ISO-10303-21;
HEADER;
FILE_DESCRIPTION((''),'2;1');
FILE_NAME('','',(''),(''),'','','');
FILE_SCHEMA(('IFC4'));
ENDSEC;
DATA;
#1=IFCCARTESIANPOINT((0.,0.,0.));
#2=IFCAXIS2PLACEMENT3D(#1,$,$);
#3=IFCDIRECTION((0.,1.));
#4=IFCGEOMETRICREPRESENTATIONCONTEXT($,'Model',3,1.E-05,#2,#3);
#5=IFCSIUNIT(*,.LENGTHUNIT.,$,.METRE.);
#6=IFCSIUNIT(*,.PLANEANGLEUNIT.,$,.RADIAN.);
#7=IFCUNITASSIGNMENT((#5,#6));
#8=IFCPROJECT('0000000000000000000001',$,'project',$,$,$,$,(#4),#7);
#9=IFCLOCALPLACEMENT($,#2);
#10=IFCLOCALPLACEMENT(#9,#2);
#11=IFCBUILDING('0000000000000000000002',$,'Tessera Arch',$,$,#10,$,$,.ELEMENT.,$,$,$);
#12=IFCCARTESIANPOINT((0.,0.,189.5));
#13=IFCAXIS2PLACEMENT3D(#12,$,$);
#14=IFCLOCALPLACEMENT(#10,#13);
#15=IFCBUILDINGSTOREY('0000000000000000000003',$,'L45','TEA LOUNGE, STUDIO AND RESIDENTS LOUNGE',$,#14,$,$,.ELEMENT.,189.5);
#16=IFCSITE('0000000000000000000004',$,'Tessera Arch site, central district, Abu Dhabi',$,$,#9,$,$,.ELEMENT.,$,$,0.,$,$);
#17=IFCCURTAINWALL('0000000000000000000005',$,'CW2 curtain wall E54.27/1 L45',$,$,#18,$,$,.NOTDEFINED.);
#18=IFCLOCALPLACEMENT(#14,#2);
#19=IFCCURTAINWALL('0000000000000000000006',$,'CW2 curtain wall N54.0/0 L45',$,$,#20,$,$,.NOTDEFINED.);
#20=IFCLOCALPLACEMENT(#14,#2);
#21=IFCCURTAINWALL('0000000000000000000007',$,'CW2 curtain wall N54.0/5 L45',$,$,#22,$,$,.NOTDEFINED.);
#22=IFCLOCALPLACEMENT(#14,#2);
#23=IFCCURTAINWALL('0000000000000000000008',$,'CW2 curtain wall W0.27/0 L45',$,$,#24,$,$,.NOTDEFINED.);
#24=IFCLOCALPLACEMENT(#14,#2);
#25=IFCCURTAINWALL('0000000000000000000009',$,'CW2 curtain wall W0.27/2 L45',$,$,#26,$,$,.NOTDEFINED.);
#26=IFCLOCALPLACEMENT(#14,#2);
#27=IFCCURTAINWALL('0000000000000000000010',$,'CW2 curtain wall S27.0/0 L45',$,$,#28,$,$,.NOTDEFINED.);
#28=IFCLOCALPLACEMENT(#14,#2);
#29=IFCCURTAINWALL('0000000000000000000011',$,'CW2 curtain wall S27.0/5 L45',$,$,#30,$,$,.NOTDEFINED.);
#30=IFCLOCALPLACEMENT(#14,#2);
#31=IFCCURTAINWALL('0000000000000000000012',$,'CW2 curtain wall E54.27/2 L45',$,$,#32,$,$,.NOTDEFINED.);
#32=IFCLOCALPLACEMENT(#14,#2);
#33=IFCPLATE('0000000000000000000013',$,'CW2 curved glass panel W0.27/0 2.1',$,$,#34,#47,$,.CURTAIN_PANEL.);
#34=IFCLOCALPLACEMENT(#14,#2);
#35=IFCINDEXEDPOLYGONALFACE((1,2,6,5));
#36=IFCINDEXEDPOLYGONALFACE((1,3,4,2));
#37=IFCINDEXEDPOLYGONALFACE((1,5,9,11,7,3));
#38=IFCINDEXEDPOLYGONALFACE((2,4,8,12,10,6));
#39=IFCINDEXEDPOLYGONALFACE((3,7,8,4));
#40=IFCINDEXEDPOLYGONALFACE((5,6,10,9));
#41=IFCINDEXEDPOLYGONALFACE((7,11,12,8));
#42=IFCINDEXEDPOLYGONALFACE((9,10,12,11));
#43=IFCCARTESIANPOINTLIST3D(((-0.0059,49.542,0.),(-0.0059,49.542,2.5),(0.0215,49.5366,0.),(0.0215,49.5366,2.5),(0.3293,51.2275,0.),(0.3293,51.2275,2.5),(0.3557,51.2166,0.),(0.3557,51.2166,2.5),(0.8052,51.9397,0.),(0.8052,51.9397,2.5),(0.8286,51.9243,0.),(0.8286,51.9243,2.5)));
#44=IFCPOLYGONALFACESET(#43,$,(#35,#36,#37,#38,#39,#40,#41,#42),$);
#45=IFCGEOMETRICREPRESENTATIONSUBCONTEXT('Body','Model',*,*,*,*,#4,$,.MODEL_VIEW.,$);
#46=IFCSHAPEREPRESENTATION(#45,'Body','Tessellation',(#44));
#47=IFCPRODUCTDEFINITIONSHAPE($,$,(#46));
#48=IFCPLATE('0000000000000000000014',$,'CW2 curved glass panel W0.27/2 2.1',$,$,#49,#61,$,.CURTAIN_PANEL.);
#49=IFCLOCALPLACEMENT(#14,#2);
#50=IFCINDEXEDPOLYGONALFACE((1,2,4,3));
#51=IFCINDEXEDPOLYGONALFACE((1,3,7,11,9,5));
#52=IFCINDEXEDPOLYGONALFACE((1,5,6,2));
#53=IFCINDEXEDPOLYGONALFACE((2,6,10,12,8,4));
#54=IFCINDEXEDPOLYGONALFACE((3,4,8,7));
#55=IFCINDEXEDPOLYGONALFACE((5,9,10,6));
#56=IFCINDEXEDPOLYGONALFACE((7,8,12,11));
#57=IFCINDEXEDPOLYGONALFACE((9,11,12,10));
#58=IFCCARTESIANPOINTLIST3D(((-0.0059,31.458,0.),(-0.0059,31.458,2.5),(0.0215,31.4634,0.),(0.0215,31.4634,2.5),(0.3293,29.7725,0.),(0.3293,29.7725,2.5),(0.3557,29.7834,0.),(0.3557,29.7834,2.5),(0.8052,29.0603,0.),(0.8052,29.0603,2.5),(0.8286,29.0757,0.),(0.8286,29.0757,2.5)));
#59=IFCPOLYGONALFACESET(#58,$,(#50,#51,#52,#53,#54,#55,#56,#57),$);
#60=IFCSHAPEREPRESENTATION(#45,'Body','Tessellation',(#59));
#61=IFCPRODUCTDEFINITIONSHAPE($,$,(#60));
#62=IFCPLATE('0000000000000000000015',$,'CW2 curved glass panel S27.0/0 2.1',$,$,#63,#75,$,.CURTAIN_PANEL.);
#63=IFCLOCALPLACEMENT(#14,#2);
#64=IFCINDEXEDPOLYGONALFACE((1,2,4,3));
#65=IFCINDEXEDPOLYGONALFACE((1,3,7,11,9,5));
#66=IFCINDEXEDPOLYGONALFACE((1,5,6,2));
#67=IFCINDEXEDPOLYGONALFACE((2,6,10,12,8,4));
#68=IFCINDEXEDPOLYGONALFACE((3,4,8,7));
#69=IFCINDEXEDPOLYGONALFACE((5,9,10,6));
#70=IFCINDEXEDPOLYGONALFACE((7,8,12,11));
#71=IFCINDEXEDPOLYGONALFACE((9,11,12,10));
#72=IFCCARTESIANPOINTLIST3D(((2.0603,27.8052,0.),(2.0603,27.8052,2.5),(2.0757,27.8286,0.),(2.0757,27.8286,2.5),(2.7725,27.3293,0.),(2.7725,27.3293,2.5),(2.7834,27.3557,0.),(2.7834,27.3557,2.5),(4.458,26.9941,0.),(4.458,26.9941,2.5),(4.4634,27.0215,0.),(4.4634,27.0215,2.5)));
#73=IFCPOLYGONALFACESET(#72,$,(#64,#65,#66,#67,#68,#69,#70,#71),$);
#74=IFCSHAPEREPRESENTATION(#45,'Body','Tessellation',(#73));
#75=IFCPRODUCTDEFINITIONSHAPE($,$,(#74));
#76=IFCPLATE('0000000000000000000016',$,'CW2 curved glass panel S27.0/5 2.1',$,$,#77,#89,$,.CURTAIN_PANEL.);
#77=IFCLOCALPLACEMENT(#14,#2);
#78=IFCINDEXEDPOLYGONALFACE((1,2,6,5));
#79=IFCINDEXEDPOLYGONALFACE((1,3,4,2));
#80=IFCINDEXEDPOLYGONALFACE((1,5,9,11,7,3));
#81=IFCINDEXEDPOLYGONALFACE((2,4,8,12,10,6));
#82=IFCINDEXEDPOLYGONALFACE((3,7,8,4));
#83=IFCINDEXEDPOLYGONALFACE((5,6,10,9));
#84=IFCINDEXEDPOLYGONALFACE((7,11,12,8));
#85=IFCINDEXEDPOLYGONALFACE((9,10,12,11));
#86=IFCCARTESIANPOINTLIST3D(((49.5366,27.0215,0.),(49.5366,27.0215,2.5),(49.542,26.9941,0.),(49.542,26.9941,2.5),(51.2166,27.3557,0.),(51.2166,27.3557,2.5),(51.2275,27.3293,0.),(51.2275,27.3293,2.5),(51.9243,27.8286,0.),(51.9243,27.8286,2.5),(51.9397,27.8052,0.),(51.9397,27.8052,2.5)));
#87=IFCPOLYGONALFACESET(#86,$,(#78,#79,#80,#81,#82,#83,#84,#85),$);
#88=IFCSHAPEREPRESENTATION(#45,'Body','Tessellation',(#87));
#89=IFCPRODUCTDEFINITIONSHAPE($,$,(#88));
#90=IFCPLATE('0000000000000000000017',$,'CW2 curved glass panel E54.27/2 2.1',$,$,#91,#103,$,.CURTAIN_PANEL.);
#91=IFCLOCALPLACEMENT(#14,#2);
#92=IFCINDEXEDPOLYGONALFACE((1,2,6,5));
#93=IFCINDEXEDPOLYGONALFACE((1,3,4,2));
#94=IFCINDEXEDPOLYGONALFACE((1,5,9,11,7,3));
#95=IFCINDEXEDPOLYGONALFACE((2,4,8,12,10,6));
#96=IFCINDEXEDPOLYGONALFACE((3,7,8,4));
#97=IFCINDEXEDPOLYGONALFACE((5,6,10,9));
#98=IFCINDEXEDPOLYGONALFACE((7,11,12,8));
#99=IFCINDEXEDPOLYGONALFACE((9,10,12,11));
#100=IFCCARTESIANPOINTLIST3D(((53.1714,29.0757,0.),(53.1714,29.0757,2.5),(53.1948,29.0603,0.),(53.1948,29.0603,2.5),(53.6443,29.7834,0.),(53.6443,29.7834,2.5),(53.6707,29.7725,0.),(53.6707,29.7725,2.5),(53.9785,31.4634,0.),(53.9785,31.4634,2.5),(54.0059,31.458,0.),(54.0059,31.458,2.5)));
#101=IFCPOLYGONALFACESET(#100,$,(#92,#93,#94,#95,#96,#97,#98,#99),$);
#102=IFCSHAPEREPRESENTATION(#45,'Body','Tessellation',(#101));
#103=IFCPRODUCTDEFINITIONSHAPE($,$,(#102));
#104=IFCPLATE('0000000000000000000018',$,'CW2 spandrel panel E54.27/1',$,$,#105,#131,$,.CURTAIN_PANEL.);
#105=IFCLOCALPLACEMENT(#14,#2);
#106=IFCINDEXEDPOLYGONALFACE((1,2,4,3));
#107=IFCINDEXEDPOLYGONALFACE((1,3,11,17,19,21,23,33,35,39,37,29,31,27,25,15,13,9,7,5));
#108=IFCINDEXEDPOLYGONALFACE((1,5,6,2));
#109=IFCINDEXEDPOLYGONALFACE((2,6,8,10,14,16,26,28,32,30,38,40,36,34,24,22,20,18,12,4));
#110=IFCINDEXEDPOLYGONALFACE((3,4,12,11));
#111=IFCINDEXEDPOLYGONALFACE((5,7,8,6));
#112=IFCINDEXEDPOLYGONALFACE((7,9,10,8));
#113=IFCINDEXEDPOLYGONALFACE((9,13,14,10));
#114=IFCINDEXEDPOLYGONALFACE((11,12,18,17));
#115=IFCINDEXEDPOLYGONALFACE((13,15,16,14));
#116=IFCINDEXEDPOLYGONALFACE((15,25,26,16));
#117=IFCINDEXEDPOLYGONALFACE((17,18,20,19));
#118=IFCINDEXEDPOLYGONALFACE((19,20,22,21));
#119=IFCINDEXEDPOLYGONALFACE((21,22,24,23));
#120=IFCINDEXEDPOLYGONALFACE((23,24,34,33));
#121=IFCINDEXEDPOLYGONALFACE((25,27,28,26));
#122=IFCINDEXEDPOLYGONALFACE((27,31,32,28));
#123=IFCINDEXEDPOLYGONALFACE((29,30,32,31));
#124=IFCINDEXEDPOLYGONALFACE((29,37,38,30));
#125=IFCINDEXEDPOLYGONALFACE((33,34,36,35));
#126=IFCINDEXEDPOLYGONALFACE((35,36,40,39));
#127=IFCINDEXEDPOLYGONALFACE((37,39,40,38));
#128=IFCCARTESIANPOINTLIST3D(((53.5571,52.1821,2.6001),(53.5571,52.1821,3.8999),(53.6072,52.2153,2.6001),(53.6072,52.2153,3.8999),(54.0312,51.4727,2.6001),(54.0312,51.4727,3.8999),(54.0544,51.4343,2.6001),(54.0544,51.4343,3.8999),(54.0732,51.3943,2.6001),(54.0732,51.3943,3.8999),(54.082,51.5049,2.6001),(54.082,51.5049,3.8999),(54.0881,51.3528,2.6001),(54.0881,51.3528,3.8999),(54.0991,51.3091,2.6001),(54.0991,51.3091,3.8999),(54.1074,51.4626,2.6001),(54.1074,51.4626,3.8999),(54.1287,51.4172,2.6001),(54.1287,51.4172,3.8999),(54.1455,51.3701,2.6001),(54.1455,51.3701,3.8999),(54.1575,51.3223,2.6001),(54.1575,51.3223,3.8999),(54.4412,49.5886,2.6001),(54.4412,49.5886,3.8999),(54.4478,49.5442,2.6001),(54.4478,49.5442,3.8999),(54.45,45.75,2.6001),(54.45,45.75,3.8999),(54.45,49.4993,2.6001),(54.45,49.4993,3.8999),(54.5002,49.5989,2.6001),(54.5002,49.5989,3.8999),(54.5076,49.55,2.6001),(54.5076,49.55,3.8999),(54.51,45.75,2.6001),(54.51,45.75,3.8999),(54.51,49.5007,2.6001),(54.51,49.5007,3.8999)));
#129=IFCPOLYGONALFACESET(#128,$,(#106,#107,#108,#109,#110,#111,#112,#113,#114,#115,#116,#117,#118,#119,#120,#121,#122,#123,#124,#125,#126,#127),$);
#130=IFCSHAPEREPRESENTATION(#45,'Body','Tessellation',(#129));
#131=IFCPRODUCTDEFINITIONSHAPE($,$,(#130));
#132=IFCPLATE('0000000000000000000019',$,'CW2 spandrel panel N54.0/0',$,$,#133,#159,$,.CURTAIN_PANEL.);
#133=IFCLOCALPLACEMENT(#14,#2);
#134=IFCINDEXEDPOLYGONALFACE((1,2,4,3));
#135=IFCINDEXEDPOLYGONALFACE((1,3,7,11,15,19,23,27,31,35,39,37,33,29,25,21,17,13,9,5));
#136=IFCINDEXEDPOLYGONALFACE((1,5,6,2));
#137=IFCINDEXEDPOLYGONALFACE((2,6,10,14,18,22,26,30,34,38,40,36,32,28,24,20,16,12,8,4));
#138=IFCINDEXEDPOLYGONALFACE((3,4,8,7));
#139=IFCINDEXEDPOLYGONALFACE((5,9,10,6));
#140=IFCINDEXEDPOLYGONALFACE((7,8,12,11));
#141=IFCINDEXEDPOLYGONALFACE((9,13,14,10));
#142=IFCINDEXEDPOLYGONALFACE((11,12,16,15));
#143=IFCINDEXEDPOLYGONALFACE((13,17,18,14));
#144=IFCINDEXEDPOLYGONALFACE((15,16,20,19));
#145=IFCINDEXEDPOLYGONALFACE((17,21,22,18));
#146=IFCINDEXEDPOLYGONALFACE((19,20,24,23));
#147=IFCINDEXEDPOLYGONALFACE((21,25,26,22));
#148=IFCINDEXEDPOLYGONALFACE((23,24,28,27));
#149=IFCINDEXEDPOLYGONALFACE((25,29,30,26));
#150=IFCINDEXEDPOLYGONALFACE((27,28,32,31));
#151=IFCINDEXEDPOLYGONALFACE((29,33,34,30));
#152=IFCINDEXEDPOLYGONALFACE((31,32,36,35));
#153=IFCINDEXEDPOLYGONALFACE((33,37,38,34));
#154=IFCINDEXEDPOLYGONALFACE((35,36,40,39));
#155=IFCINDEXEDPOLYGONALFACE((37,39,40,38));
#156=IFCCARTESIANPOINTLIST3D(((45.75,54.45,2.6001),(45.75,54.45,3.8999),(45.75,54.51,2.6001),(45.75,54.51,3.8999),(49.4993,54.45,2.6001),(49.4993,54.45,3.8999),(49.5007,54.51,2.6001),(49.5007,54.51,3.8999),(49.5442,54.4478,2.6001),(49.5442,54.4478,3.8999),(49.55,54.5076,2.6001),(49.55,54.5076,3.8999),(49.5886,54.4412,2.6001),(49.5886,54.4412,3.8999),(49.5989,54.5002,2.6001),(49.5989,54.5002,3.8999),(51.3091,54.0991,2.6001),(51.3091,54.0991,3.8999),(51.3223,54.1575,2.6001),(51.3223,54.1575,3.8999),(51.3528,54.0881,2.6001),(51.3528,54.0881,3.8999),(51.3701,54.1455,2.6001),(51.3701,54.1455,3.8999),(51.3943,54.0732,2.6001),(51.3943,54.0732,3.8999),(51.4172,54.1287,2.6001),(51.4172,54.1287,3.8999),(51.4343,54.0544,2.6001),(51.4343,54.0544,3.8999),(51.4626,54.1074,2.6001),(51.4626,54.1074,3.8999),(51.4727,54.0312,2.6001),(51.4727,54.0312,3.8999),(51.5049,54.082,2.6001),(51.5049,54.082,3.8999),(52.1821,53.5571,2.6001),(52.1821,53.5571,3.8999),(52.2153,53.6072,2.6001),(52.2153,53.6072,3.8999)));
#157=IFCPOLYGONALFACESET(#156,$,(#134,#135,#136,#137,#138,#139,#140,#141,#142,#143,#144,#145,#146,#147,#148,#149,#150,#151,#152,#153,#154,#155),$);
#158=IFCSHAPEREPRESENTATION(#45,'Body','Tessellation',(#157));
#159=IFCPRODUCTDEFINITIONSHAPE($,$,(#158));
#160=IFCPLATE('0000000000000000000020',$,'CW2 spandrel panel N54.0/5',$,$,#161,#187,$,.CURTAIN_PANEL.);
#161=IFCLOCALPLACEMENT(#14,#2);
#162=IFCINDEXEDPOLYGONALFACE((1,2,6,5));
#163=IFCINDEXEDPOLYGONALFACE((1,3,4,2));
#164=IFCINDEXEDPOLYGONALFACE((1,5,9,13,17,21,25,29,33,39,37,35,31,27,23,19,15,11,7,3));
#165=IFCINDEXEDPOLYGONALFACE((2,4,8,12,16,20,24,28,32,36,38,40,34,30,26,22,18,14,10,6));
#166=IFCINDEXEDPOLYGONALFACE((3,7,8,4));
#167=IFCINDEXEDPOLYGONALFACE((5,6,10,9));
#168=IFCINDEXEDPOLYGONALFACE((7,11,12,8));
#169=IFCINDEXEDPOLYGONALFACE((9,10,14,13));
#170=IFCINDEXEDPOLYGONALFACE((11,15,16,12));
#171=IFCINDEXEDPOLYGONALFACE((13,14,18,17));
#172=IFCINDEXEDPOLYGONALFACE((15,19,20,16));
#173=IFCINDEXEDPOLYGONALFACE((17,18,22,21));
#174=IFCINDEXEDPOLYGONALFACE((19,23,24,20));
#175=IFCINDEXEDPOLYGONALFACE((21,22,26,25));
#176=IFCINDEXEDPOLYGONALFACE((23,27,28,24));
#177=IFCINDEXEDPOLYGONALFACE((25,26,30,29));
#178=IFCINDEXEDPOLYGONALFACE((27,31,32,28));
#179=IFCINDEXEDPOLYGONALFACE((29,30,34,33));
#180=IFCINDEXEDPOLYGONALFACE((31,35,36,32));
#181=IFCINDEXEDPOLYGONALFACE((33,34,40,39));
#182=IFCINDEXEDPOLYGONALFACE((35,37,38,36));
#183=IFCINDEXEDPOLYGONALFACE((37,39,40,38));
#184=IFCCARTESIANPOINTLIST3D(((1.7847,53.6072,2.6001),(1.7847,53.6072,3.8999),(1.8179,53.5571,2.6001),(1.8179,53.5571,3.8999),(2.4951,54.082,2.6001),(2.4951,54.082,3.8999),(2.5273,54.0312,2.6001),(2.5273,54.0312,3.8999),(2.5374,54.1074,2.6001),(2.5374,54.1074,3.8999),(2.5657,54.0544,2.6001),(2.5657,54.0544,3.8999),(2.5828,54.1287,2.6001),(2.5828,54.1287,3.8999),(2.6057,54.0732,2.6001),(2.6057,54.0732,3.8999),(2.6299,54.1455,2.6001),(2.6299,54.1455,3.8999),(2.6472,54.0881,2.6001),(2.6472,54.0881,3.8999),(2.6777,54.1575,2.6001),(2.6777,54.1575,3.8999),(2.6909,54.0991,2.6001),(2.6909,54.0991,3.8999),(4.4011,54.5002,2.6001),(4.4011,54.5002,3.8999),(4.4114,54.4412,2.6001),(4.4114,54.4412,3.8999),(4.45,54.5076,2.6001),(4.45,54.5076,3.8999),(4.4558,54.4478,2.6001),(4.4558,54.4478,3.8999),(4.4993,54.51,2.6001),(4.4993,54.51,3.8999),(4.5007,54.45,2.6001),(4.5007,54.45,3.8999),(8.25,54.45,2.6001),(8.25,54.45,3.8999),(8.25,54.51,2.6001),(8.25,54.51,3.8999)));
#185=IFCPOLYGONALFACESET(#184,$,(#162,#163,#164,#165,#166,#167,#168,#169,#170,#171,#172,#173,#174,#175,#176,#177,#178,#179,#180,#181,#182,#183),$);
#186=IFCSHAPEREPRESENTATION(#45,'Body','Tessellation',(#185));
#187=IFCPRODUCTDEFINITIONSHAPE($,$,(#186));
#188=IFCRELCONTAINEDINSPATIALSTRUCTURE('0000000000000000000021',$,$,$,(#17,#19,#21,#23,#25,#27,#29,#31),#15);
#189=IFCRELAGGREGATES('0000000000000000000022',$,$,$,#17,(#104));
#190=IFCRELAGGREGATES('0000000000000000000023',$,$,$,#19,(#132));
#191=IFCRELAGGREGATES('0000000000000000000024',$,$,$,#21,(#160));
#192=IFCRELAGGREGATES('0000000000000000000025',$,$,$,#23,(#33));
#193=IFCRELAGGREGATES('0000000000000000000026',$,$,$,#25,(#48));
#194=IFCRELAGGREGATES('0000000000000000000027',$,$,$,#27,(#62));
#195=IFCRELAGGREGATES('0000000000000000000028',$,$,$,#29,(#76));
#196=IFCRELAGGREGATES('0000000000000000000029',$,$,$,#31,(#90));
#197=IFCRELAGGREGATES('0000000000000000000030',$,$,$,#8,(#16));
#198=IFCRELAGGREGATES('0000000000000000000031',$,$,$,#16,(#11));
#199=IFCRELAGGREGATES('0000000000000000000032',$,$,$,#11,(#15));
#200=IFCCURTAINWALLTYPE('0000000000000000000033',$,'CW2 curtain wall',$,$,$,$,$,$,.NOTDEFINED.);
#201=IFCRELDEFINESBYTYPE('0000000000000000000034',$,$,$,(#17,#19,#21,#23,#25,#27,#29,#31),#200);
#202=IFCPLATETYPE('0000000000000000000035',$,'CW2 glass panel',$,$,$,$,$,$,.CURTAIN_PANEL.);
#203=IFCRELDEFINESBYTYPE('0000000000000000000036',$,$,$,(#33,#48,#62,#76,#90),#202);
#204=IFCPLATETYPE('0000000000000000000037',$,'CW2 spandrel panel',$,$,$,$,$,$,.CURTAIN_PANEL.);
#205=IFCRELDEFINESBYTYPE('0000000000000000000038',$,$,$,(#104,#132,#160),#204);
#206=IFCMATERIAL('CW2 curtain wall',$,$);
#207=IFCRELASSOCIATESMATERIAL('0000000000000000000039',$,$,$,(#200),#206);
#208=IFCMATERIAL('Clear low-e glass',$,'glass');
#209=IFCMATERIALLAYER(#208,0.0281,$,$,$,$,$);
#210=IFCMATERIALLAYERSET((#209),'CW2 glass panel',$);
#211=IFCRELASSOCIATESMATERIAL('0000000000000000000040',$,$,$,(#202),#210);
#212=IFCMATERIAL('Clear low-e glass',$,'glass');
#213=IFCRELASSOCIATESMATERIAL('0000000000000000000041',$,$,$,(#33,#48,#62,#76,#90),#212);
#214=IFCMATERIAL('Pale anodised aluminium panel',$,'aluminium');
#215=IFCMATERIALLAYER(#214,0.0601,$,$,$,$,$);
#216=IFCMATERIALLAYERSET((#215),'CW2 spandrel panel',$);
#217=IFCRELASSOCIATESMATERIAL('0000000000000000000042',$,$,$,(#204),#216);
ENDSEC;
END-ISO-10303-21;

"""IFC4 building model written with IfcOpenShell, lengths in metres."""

from ifc_helpers import new_model, si_unit, direction, frame, origin, place, context, subcontext, project, spatial, polyline, outline, extrude, material, layer, layer_set, type_object, element, aggregate, save


model = new_model("IFC4")

# Units and contexts
model_context = context("Model", 3, precision=1e-05, world=origin(), true_north=direction((0.0, 1.0)))
body_context = subcontext(model_context, "Body", "Model", "MODEL_VIEW")
ifc_project = project(units=[si_unit("LENGTHUNIT", "METRE"), si_unit("PLANEANGLEUNIT", "RADIAN")], contexts=[model_context])

# Site, building, storey
site_placement = place(None, origin())
site = spatial("IfcSite", under=ifc_project, at=site_placement, Name="Tessera Arch site, central district, Abu Dhabi", CompositionType="ELEMENT", RefElevation=0.0)
building_placement = place(site_placement, origin())
building = spatial("IfcBuilding", under=site, at=building_placement, Name="Tessera Arch", CompositionType="ELEMENT")
storey_placement = place(building_placement, frame((0.0, 0.0, 189.5)))
storey = spatial("IfcBuildingStorey", under=building, at=storey_placement, Name="L45", Description="TEA LOUNGE, STUDIO AND RESIDENTS LOUNGE", CompositionType="ELEMENT", Elevation=189.5)

# Curtain walls
ifc_material_1 = material(Name="CW2 curtain wall")
curtain_wall_type = type_object("IfcCurtainWallType", Name="CW2 curtain wall", PredefinedType="NOTDEFINED", material=ifc_material_1)
curtain_wall_1_placement = place(storey_placement, origin())
curtain_wall_1 = element("IfcCurtainWall", 1, at=curtain_wall_1_placement, inside=storey, type_object=curtain_wall_type, Name="CW2 curtain wall E54.27/1 L45", PredefinedType="NOTDEFINED")
curtain_wall_2_placement = place(storey_placement, origin())
curtain_wall_2 = element("IfcCurtainWall", 2, at=curtain_wall_2_placement, inside=storey, type_object=curtain_wall_type, Name="CW2 curtain wall N54.0/0 L45", PredefinedType="NOTDEFINED")
curtain_wall_3_placement = place(storey_placement, origin())
curtain_wall_3 = element("IfcCurtainWall", 3, at=curtain_wall_3_placement, inside=storey, type_object=curtain_wall_type, Name="CW2 curtain wall N54.0/5 L45", PredefinedType="NOTDEFINED")
curtain_wall_4_placement = place(storey_placement, origin())
curtain_wall_4 = element("IfcCurtainWall", 4, at=curtain_wall_4_placement, inside=storey, type_object=curtain_wall_type, Name="CW2 curtain wall W0.27/0 L45", PredefinedType="NOTDEFINED")
curtain_wall_5_placement = place(storey_placement, origin())
curtain_wall_5 = element("IfcCurtainWall", 5, at=curtain_wall_5_placement, inside=storey, type_object=curtain_wall_type, Name="CW2 curtain wall W0.27/2 L45", PredefinedType="NOTDEFINED")
curtain_wall_6_placement = place(storey_placement, origin())
curtain_wall_6 = element("IfcCurtainWall", 6, at=curtain_wall_6_placement, inside=storey, type_object=curtain_wall_type, Name="CW2 curtain wall S27.0/0 L45", PredefinedType="NOTDEFINED")
curtain_wall_7_placement = place(storey_placement, origin())
curtain_wall_7 = element("IfcCurtainWall", 7, at=curtain_wall_7_placement, inside=storey, type_object=curtain_wall_type, Name="CW2 curtain wall S27.0/5 L45", PredefinedType="NOTDEFINED")
curtain_wall_8_placement = place(storey_placement, origin())
curtain_wall_8 = element("IfcCurtainWall", 8, at=curtain_wall_8_placement, inside=storey, type_object=curtain_wall_type, Name="CW2 curtain wall E54.27/2 L45", PredefinedType="NOTDEFINED")

# Plates
ifc_material_2 = material(Name="Clear low-e glass", Category="glass")
ifc_material_3 = material(Name="Clear low-e glass", Category="glass")
ifc_layer_1 = layer(ifc_material_3, 0.0281)
ifc_layer_set_1 = layer_set([ifc_layer_1], Name="CW2 glass panel")
plate_type_1 = type_object("IfcPlateType", Name="CW2 glass panel", PredefinedType="CURTAIN_PANEL", material=ifc_layer_set_1)
plate_1_placement = place(storey_placement, origin())
plate_1 = element("IfcPlate", 9, at=plate_1_placement, type_object=plate_type_1, material=ifc_material_2, Name="CW2 curved glass panel W0.27/0 2.1", PredefinedType="CURTAIN_PANEL", context=body_context, shape_type="SweptSolid", body=[
    extrude(outline(polyline([(0.3557, 51.2166), (0.8286, 51.9243), (0.8052, 51.9397), (0.3293, 51.2275), (-0.0059, 49.542), (0.0215, 49.5366), (0.3557, 51.2166)])), origin(), (0.0, 0.0, 1.0), 2.5),
])
plate_2_placement = place(storey_placement, origin())
plate_2 = element("IfcPlate", 10, at=plate_2_placement, type_object=plate_type_1, material=ifc_material_2, Name="CW2 curved glass panel W0.27/2 2.1", PredefinedType="CURTAIN_PANEL", context=body_context, shape_type="SweptSolid", body=[
    extrude(outline(polyline([(0.3557, 29.7834), (0.0215, 31.4634), (-0.0059, 31.458), (0.3293, 29.7725), (0.8052, 29.0603), (0.8286, 29.0757), (0.3557, 29.7834)])), origin(), (0.0, 0.0, 1.0), 2.5),
])
plate_3_placement = place(storey_placement, origin())
plate_3 = element("IfcPlate", 11, at=plate_3_placement, type_object=plate_type_1, material=ifc_material_2, Name="CW2 curved glass panel S27.0/0 2.1", PredefinedType="CURTAIN_PANEL", context=body_context, shape_type="SweptSolid", body=[
    extrude(outline(polyline([(2.7834, 27.3557), (2.0757, 27.8286), (2.0603, 27.8052), (2.7725, 27.3293), (4.458, 26.9941), (4.4634, 27.0215), (2.7834, 27.3557)])), origin(), (0.0, 0.0, 1.0), 2.5),
])
plate_4_placement = place(storey_placement, origin())
plate_4 = element("IfcPlate", 12, at=plate_4_placement, type_object=plate_type_1, material=ifc_material_2, Name="CW2 curved glass panel S27.0/5 2.1", PredefinedType="CURTAIN_PANEL", context=body_context, shape_type="SweptSolid", body=[
    extrude(outline(polyline([(51.2166, 27.3557), (49.5366, 27.0215), (49.542, 26.9941), (51.2275, 27.3293), (51.9397, 27.8052), (51.9243, 27.8286), (51.2166, 27.3557)])), origin(), (0.0, 0.0, 1.0), 2.5),
])
plate_5_placement = place(storey_placement, origin())
plate_5 = element("IfcPlate", 13, at=plate_5_placement, type_object=plate_type_1, material=ifc_material_2, Name="CW2 curved glass panel E54.27/2 2.1", PredefinedType="CURTAIN_PANEL", context=body_context, shape_type="SweptSolid", body=[
    extrude(outline(polyline([(53.6443, 29.7834), (53.1714, 29.0757), (53.1948, 29.0603), (53.6707, 29.7725), (54.0059, 31.458), (53.9785, 31.4634), (53.6443, 29.7834)])), origin(), (0.0, 0.0, 1.0), 2.5),
])
ifc_material_4 = material(Name="Pale anodised aluminium panel", Category="aluminium")
ifc_layer_2 = layer(ifc_material_4, 0.0601)
ifc_layer_set_2 = layer_set([ifc_layer_2], Name="CW2 spandrel panel")
plate_type_2 = type_object("IfcPlateType", Name="CW2 spandrel panel", PredefinedType="CURTAIN_PANEL", material=ifc_layer_set_2)
plate_6_placement = place(storey_placement, frame((0.0, 0.0, 2.6001)))
plate_6 = element("IfcPlate", 14, at=plate_6_placement, type_object=plate_type_2, Name="CW2 spandrel panel E54.27/1", PredefinedType="CURTAIN_PANEL", context=body_context, shape_type="SweptSolid", body=[
    extrude(outline(polyline([(54.45, 49.4993), (54.45, 45.75), (54.51, 45.75), (54.51, 49.5007), (54.5076, 49.55), (54.5002, 49.5989), (54.1575, 51.3223), (54.1455, 51.3701), (54.1287, 51.4172), (54.1074, 51.4626), (54.082, 51.5049), (53.6072, 52.2153), (53.5571, 52.1821), (54.0312, 51.4727), (54.0544, 51.4343), (54.0732, 51.3943), (54.0881, 51.3528), (54.0991, 51.3091), (54.4412, 49.5886), (54.4478, 49.5442), (54.45, 49.4993)])), origin(), (0.0, 0.0, 1.0), 1.2998),
])
aggregate(curtain_wall_1, [plate_6])
plate_7_placement = place(storey_placement, frame((0.0, 0.0, 2.6001)))
plate_7 = element("IfcPlate", 15, at=plate_7_placement, type_object=plate_type_2, Name="CW2 spandrel panel N54.0/0", PredefinedType="CURTAIN_PANEL", context=body_context, shape_type="SweptSolid", body=[
    extrude(outline(polyline([(51.4727, 54.0312), (52.1821, 53.5571), (52.2153, 53.6072), (51.5049, 54.082), (51.4626, 54.1074), (51.4172, 54.1287), (51.3701, 54.1455), (51.3223, 54.1575), (49.5989, 54.5002), (49.55, 54.5076), (49.5007, 54.51), (45.75, 54.51), (45.75, 54.45), (49.4993, 54.45), (49.5442, 54.4478), (49.5886, 54.4412), (51.3091, 54.0991), (51.3528, 54.0881), (51.3943, 54.0732), (51.4343, 54.0544), (51.4727, 54.0312)])), origin(), (0.0, 0.0, 1.0), 1.2998),
])
aggregate(curtain_wall_2, [plate_7])
plate_8_placement = place(storey_placement, frame((0.0, 0.0, 2.6001)))
plate_8 = element("IfcPlate", 16, at=plate_8_placement, type_object=plate_type_2, Name="CW2 spandrel panel N54.0/5", PredefinedType="CURTAIN_PANEL", context=body_context, shape_type="SweptSolid", body=[
    extrude(outline(polyline([(4.5007, 54.45), (8.25, 54.45), (8.25, 54.51), (4.4993, 54.51), (4.45, 54.5076), (4.4011, 54.5002), (2.6777, 54.1575), (2.6299, 54.1455), (2.5828, 54.1287), (2.5374, 54.1074), (2.4951, 54.082), (1.7847, 53.6072), (1.8179, 53.5571), (2.5273, 54.0312), (2.5657, 54.0544), (2.6057, 54.0732), (2.6472, 54.0881), (2.6909, 54.0991), (4.4114, 54.4412), (4.4558, 54.4478), (4.5007, 54.45)])), origin(), (0.0, 0.0, 1.0), 1.2998),
])
aggregate(curtain_wall_3, [plate_8])
aggregate(curtain_wall_4, [plate_1])
aggregate(curtain_wall_5, [plate_2])
aggregate(curtain_wall_6, [plate_3])
aggregate(curtain_wall_7, [plate_4])
aggregate(curtain_wall_8, [plate_5])

save(model, "model.ifc")
